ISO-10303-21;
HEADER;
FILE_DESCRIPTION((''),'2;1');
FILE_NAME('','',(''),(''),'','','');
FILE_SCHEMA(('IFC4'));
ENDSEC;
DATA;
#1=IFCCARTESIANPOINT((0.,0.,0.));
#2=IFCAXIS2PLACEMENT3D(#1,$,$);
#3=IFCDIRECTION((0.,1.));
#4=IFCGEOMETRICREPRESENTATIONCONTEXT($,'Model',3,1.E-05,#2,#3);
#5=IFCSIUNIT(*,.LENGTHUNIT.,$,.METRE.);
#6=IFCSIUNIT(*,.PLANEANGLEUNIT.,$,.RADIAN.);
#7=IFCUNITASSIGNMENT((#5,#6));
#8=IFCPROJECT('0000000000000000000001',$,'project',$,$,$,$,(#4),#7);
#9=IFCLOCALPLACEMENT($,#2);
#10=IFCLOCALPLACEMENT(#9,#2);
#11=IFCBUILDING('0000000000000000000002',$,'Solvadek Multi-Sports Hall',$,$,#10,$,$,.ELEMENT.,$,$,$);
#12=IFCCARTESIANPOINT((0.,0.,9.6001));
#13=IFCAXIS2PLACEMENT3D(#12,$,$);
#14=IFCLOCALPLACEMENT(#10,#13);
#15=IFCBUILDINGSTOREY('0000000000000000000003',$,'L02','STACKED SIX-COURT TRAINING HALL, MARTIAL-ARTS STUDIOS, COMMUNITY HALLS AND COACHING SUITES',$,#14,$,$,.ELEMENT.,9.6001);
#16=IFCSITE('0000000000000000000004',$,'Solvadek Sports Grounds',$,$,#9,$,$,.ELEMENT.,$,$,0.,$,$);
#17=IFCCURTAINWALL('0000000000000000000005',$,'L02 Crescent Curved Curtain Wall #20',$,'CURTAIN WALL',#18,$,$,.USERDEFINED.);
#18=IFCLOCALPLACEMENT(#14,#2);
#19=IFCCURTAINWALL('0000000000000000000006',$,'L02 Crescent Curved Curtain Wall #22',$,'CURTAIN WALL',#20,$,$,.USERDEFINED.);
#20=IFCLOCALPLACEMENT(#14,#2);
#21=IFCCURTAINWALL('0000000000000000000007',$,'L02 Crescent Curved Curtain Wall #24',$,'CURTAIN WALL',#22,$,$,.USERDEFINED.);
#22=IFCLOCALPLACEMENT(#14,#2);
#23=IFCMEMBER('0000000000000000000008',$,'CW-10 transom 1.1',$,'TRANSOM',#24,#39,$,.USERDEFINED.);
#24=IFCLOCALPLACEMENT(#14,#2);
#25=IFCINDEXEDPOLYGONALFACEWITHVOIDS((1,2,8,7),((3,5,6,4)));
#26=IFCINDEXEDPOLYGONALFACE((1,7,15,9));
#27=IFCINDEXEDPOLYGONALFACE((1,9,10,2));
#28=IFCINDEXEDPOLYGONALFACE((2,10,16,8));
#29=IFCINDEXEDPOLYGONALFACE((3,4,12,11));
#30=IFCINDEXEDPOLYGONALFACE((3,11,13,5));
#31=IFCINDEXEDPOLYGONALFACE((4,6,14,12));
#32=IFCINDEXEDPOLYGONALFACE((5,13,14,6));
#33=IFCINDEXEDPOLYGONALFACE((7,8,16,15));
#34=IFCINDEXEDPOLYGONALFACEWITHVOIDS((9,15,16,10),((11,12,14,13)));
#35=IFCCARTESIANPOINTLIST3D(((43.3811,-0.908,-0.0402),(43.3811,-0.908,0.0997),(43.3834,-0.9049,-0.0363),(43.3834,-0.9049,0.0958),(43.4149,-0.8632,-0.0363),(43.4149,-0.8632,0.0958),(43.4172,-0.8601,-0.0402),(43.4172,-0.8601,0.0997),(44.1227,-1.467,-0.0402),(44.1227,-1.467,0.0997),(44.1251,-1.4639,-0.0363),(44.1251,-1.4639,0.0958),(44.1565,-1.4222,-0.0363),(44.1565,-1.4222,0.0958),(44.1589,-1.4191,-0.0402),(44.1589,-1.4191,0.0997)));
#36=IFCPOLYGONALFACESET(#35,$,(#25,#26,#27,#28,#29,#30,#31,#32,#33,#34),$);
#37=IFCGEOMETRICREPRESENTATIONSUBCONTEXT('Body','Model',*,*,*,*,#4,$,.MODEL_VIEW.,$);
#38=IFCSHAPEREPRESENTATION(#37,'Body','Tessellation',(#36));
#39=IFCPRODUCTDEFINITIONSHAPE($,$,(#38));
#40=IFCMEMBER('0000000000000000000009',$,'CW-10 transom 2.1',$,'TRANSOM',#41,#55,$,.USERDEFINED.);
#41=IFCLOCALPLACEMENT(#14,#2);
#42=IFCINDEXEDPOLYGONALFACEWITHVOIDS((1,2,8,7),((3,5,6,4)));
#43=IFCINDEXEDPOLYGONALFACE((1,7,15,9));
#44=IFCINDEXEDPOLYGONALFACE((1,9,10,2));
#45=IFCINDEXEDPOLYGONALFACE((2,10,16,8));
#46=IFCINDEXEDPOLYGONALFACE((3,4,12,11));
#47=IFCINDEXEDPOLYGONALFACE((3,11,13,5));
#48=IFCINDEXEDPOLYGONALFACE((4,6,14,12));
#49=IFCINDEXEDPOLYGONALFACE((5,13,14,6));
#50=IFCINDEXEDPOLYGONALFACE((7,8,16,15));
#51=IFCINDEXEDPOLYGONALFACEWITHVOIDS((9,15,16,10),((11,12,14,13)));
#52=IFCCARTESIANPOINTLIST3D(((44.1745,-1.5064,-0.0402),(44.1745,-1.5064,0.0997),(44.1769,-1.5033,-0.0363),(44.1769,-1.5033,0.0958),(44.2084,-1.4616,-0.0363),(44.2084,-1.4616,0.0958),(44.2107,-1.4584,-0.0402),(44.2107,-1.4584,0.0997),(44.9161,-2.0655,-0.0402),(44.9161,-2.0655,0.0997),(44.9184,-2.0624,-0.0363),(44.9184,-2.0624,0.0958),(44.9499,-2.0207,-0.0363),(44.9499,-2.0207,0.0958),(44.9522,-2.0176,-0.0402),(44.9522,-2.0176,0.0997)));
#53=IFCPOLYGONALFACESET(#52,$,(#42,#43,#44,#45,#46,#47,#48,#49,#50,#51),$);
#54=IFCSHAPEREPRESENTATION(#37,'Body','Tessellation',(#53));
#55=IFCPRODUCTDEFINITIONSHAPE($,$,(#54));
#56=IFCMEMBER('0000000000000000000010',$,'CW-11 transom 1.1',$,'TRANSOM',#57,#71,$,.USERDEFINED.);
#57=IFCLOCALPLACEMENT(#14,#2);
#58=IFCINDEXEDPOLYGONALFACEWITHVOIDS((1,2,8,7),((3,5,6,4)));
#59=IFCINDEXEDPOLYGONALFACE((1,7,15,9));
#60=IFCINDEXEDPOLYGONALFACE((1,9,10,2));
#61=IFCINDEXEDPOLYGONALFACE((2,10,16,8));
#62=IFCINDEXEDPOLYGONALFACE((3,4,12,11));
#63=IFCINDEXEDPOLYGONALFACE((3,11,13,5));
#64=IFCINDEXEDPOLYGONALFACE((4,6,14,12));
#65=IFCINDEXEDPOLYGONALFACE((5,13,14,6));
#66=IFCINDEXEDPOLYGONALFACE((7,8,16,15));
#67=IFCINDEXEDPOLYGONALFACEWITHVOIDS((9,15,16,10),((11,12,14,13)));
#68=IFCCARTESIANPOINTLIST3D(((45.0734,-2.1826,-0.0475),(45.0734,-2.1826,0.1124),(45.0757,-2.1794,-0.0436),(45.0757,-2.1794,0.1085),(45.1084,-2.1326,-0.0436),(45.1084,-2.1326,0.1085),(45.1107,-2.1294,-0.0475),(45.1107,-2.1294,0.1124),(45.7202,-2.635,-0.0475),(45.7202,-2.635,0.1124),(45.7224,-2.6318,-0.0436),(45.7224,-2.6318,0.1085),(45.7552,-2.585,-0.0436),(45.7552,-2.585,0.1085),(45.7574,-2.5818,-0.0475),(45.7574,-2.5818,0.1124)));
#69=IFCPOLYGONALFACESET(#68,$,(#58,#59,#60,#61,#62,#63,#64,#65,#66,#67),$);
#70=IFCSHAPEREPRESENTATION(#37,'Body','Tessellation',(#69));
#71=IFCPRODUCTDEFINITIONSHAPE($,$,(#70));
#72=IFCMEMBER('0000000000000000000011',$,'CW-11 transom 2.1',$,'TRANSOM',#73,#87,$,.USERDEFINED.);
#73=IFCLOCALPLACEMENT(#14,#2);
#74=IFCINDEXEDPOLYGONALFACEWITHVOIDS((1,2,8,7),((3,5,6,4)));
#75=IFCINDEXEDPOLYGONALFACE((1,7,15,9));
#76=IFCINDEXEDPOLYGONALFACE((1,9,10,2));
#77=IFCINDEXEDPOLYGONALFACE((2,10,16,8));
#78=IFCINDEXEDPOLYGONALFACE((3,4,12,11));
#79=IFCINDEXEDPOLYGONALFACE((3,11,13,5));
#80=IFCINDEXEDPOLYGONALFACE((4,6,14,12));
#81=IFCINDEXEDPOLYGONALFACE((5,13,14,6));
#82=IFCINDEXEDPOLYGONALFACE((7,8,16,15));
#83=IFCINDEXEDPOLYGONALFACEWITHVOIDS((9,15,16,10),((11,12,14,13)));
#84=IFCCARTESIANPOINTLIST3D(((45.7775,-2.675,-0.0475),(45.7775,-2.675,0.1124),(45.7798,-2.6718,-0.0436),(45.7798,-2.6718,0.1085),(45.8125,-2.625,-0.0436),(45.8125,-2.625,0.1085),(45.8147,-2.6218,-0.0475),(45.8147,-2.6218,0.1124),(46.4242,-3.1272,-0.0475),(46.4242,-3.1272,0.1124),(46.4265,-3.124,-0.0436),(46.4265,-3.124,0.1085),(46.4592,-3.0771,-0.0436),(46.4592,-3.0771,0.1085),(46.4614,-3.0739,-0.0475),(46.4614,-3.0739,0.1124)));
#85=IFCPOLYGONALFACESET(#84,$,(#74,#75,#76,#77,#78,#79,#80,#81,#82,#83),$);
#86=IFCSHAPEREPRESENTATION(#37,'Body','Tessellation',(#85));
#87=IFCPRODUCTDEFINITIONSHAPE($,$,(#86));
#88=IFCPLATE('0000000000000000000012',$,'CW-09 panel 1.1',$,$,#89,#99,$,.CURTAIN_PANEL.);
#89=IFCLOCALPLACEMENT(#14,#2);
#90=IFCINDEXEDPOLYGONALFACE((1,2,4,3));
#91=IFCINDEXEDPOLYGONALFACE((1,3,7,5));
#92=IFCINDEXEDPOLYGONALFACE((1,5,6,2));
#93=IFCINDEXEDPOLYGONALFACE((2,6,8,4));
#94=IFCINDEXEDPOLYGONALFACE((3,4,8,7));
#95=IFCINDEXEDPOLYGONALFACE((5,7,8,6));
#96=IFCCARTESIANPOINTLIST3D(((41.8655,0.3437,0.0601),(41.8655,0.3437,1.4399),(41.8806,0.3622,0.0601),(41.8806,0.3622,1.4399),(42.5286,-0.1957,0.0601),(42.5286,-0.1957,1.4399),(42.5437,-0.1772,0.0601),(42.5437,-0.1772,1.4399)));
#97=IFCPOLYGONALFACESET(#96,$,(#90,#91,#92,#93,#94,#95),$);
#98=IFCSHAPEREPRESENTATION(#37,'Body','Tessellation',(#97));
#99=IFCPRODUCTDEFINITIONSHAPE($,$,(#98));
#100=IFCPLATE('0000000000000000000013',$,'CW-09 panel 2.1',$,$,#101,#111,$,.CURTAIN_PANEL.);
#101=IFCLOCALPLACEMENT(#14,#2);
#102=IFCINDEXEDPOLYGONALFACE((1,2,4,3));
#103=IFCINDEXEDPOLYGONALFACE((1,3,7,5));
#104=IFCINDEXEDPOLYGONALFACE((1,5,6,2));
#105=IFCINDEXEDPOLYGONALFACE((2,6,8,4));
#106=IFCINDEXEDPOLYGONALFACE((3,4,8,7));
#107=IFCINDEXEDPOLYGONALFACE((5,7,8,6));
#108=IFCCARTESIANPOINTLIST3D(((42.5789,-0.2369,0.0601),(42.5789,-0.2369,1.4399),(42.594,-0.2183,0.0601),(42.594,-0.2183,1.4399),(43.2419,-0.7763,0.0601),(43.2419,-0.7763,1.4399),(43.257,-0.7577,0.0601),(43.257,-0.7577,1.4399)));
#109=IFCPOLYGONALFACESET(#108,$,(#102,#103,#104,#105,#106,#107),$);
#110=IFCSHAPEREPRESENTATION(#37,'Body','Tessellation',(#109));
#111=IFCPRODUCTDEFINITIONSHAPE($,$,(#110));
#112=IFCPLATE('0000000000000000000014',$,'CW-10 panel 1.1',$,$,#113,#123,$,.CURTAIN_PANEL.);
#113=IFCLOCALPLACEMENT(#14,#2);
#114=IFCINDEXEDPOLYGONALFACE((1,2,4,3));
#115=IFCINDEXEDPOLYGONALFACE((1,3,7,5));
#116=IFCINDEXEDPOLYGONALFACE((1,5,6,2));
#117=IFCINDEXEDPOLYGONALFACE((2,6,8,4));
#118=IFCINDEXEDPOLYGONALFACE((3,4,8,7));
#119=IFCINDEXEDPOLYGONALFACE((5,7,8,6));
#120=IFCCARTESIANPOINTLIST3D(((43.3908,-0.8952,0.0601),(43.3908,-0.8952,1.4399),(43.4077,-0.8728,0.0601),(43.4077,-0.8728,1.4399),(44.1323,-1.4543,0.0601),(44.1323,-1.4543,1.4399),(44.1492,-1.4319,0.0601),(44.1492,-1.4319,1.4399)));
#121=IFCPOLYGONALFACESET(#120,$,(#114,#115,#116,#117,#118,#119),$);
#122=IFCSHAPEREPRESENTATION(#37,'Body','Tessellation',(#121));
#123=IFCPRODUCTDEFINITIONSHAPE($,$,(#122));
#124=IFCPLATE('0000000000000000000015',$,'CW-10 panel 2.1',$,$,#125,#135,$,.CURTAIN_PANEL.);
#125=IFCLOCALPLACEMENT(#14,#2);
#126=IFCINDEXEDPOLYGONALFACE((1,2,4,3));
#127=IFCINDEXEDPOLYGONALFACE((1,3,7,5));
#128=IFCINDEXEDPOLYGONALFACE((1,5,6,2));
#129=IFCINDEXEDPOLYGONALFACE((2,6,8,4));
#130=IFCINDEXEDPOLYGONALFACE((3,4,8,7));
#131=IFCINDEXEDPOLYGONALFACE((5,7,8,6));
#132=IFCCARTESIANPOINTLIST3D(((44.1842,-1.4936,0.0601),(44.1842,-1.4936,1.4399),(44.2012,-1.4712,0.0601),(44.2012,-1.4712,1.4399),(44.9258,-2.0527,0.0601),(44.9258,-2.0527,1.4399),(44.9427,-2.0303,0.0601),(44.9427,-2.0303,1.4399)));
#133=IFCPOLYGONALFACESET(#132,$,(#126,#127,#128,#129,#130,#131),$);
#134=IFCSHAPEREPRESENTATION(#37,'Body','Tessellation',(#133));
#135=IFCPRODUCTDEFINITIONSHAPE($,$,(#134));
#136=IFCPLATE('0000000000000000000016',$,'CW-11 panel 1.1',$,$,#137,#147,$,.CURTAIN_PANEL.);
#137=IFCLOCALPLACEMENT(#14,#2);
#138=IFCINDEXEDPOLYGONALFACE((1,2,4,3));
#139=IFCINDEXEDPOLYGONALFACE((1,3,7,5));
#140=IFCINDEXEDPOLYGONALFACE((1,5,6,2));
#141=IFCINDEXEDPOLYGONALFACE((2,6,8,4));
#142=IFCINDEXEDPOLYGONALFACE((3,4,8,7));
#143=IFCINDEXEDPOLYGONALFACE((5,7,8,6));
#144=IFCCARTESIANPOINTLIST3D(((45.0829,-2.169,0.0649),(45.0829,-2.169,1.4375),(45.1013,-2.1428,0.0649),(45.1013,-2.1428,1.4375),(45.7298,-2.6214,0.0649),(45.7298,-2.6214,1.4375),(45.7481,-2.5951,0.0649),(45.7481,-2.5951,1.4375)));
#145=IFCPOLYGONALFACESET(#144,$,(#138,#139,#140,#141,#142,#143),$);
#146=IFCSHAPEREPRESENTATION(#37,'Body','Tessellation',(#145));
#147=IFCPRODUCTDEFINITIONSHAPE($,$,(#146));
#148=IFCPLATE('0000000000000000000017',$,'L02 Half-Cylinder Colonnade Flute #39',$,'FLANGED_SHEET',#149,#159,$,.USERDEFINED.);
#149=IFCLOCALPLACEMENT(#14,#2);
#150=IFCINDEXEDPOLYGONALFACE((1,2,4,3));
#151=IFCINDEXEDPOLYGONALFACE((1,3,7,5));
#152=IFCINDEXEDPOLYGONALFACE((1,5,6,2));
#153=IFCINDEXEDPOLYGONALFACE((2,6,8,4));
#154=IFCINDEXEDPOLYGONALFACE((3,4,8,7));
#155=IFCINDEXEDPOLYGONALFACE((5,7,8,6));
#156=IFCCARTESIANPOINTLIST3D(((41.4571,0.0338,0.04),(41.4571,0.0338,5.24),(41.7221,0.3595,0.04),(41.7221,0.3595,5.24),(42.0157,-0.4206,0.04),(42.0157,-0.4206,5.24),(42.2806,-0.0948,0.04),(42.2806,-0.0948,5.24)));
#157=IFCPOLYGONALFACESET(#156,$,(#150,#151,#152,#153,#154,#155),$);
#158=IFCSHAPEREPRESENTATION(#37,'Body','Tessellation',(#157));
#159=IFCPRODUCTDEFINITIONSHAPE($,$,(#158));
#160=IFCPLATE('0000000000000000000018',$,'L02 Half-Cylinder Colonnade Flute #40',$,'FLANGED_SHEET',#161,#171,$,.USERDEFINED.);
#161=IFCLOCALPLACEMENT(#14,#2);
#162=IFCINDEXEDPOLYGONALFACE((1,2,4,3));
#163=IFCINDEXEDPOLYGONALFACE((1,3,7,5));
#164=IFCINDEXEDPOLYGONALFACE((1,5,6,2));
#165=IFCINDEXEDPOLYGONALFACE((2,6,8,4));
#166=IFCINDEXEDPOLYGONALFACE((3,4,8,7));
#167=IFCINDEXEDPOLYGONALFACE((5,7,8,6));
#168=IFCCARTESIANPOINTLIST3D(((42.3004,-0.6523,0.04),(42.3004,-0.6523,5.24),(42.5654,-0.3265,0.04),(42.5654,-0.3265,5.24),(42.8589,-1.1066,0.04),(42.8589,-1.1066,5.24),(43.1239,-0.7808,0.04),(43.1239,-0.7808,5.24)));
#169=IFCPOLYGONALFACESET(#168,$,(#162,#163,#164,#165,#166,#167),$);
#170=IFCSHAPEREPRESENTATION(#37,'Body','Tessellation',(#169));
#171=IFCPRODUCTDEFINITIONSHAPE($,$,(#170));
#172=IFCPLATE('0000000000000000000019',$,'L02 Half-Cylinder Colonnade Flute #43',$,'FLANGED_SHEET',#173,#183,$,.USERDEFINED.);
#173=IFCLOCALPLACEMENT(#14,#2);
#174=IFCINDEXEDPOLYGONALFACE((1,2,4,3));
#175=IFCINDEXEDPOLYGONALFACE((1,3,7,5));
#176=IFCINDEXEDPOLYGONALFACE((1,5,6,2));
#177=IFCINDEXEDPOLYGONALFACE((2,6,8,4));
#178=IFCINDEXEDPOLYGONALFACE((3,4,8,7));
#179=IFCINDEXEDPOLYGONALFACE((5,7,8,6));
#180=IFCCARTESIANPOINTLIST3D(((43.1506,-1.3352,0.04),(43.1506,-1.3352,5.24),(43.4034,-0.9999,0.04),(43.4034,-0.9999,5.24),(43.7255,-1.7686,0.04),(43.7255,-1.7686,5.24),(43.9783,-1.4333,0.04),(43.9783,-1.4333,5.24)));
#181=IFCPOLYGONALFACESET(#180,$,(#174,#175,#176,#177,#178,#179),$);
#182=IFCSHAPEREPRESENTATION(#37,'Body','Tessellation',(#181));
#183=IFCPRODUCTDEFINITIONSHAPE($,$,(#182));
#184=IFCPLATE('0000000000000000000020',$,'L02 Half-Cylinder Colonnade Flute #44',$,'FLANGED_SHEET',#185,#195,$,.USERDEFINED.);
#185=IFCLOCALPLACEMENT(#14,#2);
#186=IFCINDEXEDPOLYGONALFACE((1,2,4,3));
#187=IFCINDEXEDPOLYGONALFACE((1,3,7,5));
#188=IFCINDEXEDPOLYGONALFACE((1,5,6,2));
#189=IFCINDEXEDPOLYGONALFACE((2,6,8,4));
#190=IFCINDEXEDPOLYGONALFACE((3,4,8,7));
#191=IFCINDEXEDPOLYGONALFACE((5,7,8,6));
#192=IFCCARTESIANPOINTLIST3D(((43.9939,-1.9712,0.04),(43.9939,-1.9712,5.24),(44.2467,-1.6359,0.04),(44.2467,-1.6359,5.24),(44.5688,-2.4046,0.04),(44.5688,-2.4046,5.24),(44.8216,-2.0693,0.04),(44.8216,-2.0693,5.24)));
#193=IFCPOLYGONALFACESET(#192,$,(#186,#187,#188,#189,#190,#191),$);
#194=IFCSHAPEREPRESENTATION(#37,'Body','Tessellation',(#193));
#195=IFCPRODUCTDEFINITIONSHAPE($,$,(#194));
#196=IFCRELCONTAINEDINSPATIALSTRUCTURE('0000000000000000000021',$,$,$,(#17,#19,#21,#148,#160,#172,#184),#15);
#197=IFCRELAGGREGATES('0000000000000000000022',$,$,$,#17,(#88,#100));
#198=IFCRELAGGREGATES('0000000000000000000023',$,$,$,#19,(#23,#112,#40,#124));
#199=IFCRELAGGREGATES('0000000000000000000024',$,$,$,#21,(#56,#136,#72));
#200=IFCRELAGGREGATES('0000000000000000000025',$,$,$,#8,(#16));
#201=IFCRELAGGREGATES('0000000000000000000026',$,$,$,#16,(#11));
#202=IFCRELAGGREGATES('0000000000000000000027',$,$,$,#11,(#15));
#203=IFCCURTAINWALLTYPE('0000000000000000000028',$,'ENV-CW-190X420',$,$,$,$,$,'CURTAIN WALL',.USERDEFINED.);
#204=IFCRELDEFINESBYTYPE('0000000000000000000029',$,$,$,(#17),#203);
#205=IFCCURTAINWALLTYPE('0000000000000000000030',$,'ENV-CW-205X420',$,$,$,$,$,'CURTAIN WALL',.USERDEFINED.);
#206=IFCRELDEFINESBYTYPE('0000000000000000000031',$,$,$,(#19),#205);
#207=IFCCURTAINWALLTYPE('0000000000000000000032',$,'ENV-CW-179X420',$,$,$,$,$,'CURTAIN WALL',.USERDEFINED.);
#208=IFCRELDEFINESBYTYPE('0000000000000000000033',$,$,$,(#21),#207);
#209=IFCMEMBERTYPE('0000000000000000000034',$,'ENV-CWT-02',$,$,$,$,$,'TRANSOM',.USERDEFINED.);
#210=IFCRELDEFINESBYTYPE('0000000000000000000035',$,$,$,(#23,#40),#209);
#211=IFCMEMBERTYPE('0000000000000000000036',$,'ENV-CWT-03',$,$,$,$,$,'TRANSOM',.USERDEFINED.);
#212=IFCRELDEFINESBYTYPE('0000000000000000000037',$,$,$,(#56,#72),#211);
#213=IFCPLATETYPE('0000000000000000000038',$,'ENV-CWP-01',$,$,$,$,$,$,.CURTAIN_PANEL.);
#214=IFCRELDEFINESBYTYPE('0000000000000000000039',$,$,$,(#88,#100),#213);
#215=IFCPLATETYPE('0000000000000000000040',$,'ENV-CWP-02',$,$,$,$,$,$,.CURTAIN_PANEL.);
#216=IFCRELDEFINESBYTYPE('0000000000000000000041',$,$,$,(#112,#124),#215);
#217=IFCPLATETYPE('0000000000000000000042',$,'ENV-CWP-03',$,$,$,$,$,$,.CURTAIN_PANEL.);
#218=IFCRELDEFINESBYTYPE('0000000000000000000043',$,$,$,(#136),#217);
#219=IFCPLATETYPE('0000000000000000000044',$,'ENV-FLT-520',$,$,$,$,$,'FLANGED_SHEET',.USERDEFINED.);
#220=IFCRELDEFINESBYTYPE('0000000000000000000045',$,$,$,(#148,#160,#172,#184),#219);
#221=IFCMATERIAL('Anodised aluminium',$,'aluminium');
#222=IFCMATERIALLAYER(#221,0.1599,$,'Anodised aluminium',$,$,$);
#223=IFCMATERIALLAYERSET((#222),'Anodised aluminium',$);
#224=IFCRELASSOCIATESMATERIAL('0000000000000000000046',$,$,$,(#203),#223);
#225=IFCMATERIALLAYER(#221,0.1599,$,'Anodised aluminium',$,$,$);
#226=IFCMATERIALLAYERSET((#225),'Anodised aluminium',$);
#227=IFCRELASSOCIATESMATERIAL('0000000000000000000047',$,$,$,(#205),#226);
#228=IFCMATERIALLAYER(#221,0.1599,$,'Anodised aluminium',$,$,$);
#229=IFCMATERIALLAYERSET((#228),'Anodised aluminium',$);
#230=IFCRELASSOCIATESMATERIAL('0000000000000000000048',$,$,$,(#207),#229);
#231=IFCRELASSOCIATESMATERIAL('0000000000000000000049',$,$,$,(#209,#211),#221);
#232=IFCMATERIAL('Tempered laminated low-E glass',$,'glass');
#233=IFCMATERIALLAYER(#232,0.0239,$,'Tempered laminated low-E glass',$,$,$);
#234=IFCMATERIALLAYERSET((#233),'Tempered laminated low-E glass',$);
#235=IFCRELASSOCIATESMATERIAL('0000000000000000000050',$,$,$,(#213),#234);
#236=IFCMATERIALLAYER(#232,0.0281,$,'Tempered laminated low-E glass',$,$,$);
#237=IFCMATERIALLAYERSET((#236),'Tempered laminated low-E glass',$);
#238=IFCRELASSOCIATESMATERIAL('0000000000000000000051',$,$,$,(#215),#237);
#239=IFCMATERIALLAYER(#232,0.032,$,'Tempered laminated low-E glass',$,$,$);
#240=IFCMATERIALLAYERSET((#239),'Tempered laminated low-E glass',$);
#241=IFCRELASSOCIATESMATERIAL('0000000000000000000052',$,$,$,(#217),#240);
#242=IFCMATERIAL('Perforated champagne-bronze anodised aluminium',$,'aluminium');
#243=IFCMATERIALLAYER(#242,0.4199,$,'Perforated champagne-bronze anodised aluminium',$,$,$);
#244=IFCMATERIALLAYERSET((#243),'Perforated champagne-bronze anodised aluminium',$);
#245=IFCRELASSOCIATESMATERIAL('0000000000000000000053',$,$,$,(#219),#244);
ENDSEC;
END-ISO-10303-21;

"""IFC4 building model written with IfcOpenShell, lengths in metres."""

from ifc_helpers import new_model, si_unit, direction, frame, origin, origin_2d, place, context, subcontext, project, spatial, rectangle, hollow_rectangle, extrude, material, layer, layer_set, material_profile, profile_set, type_object, element, aggregate, save


model = new_model("IFC4")

# Units and contexts
model_context = context("Model", 3, precision=1e-05, world=origin(), true_north=direction((0.0, 1.0)))
body_context = subcontext(model_context, "Body", "Model", "MODEL_VIEW")
ifc_project = project(units=[si_unit("LENGTHUNIT", "METRE"), si_unit("PLANEANGLEUNIT", "RADIAN")], contexts=[model_context])

# Site, building, storey
site_placement = place(None, origin())
site = spatial("IfcSite", under=ifc_project, at=site_placement, Name="Solvadek Sports Grounds", CompositionType="ELEMENT", RefElevation=0.0)
building_placement = place(site_placement, origin())
building = spatial("IfcBuilding", under=site, at=building_placement, Name="Solvadek Multi-Sports Hall", CompositionType="ELEMENT")
storey_placement = place(building_placement, frame((0.0, 0.0, 9.6001)))
storey = spatial("IfcBuildingStorey", under=building, at=storey_placement, Name="L02", Description="STACKED SIX-COURT TRAINING HALL, MARTIAL-ARTS STUDIOS, COMMUNITY HALLS AND COACHING SUITES", CompositionType="ELEMENT", Elevation=9.6001)

# Curtain walls
ifc_material_1 = material(Name="Anodised aluminium", Category="aluminium")
ifc_layer_1 = layer(ifc_material_1, 0.1599, Name="Anodised aluminium")
ifc_layer_set_1 = layer_set([ifc_layer_1], Name="Anodised aluminium")
curtain_wall_type_1 = type_object("IfcCurtainWallType", Name="ENV-CW-190X420", ElementType="CURTAIN WALL", PredefinedType="USERDEFINED", material=ifc_layer_set_1)
curtain_wall_1_placement = place(storey_placement, origin())
curtain_wall_1 = element("IfcCurtainWall", 1, at=curtain_wall_1_placement, inside=storey, type_object=curtain_wall_type_1, Name="L02 Crescent Curved Curtain Wall #20", ObjectType="CURTAIN WALL", PredefinedType="USERDEFINED")
ifc_layer_2 = layer(ifc_material_1, 0.1599, Name="Anodised aluminium")
ifc_layer_set_2 = layer_set([ifc_layer_2], Name="Anodised aluminium")
curtain_wall_type_2 = type_object("IfcCurtainWallType", Name="ENV-CW-205X420", ElementType="CURTAIN WALL", PredefinedType="USERDEFINED", material=ifc_layer_set_2)
curtain_wall_2_placement = place(storey_placement, origin())
curtain_wall_2 = element("IfcCurtainWall", 2, at=curtain_wall_2_placement, inside=storey, type_object=curtain_wall_type_2, Name="L02 Crescent Curved Curtain Wall #22", ObjectType="CURTAIN WALL", PredefinedType="USERDEFINED")
ifc_layer_3 = layer(ifc_material_1, 0.1599, Name="Anodised aluminium")
ifc_layer_set_3 = layer_set([ifc_layer_3], Name="Anodised aluminium")
curtain_wall_type_3 = type_object("IfcCurtainWallType", Name="ENV-CW-179X420", ElementType="CURTAIN WALL", PredefinedType="USERDEFINED", material=ifc_layer_set_3)
curtain_wall_3_placement = place(storey_placement, origin())
curtain_wall_3 = element("IfcCurtainWall", 3, at=curtain_wall_3_placement, inside=storey, type_object=curtain_wall_type_3, Name="L02 Crescent Curved Curtain Wall #24", ObjectType="CURTAIN WALL", PredefinedType="USERDEFINED")

# Members
ifc_material_profile_1 = material_profile(ifc_material_1, hollow_rectangle(XDim=0.0601, YDim=0.1399, WallThickness=0.0039, at=origin_2d()), Name="ALU-T 140x60x4")
ifc_profile_set_1 = profile_set([ifc_material_profile_1], Name="Anodised aluminium")
member_type_1 = type_object("IfcMemberType", Name="ENV-CWT-02", ElementType="TRANSOM", PredefinedType="USERDEFINED", material=ifc_profile_set_1)
member_1_placement = place(storey_placement, frame((43.3992, -0.884, 0.0298), z_axis=(0.798547, -0.601933, 0.0), x_axis=(0.601933, 0.798547, 0.0)))
member_1 = element("IfcMember", 4, at=member_1_placement, type_object=member_type_1, Name="CW-10 transom 1.1", ObjectType="TRANSOM", PredefinedType="USERDEFINED", context=body_context, shape_type="SweptSolid", body=[
    extrude(hollow_rectangle(XDim=0.0601, YDim=0.1399, WallThickness=0.0039, at=origin_2d()), origin(), (0.0, 0.0, 1.0), 0.9287),
])
member_2_placement = place(storey_placement, frame((44.1926, -1.4824, 0.0298), z_axis=(0.798451, -0.602059, 0.0), x_axis=(0.602059, 0.798451, 0.0)))
member_2 = element("IfcMember", 5, at=member_2_placement, type_object=member_type_1, Name="CW-10 transom 2.1", ObjectType="TRANSOM", PredefinedType="USERDEFINED", context=body_context, shape_type="SweptSolid", body=[
    extrude(hollow_rectangle(XDim=0.0601, YDim=0.1399, WallThickness=0.0039, at=origin_2d()), origin(), (0.0, 0.0, 1.0), 0.9287),
])
ifc_material_profile_2 = material_profile(ifc_material_1, hollow_rectangle(XDim=0.0649, YDim=0.1599, WallThickness=0.0039, at=origin_2d()), Name="ALU-T 160x65x4")
ifc_profile_set_2 = profile_set([ifc_material_profile_2], Name="Anodised aluminium")
member_type_2 = type_object("IfcMemberType", Name="ENV-CWT-03", ElementType="TRANSOM", PredefinedType="USERDEFINED", material=ifc_profile_set_2)
member_3_placement = place(storey_placement, frame((45.092, -2.156, 0.0325), z_axis=(0.819421, -0.573192, 0.0), x_axis=(0.573192, 0.819421, 0.0)))
member_3 = element("IfcMember", 6, at=member_3_placement, type_object=member_type_2, Name="CW-11 transom 1.1", ObjectType="TRANSOM", PredefinedType="USERDEFINED", context=body_context, shape_type="SweptSolid", body=[
    extrude(hollow_rectangle(XDim=0.0649, YDim=0.1599, WallThickness=0.0039, at=origin_2d()), origin(), (0.0, 0.0, 1.0), 0.7893),
])
member_4_placement = place(storey_placement, frame((45.7961, -2.6484, 0.0325), z_axis=(0.819566, -0.572985, 0.0), x_axis=(0.572985, 0.819566, 0.0)))
member_4 = element("IfcMember", 7, at=member_4_placement, type_object=member_type_2, Name="CW-11 transom 2.1", ObjectType="TRANSOM", PredefinedType="USERDEFINED", context=body_context, shape_type="SweptSolid", body=[
    extrude(hollow_rectangle(XDim=0.0649, YDim=0.1599, WallThickness=0.0039, at=origin_2d()), origin(), (0.0, 0.0, 1.0), 0.7891),
])

# Plates
ifc_material_2 = material(Name="Tempered laminated low-E glass", Category="glass")
ifc_layer_4 = layer(ifc_material_2, 0.0239, Name="Tempered laminated low-E glass")
ifc_layer_set_4 = layer_set([ifc_layer_4], Name="Tempered laminated low-E glass")
plate_type_1 = type_object("IfcPlateType", Name="ENV-CWP-01", PredefinedType="CURTAIN_PANEL", material=ifc_layer_set_4)
plate_1_placement = place(storey_placement, frame((42.2046, 0.0833, 0.0601), z_axis=(0.0, 0.0, 1.0), x_axis=(0.775725, -0.631071, 0.0)))
plate_1 = element("IfcPlate", 8, at=plate_1_placement, type_object=plate_type_1, Name="CW-09 panel 1.1", PredefinedType="CURTAIN_PANEL", context=body_context, shape_type="SweptSolid", body=[
    extrude(rectangle(XDim=0.8547, YDim=0.0239, at=origin_2d()), origin(), (0.0, 0.0, 1.0), 1.3799),
])
plate_2_placement = place(storey_placement, frame((42.918, -0.4973, 0.0601), z_axis=(0.0, 0.0, 1.0), x_axis=(0.775725, -0.631071, 0.0)))
plate_2 = element("IfcPlate", 9, at=plate_2_placement, type_object=plate_type_1, Name="CW-09 panel 2.1", PredefinedType="CURTAIN_PANEL", context=body_context, shape_type="SweptSolid", body=[
    extrude(rectangle(XDim=0.8547, YDim=0.0239, at=origin_2d()), origin(), (0.0, 0.0, 1.0), 1.3799),
])
aggregate(curtain_wall_1, [plate_1, plate_2])
ifc_layer_5 = layer(ifc_material_2, 0.0281, Name="Tempered laminated low-E glass")
ifc_layer_set_5 = layer_set([ifc_layer_5], Name="Tempered laminated low-E glass")
plate_type_2 = type_object("IfcPlateType", Name="ENV-CWP-02", PredefinedType="CURTAIN_PANEL", material=ifc_layer_set_5)
plate_3_placement = place(storey_placement, frame((43.77, -1.1636, 0.0601), z_axis=(0.0, 0.0, 1.0), x_axis=(0.798477, -0.602025, 0.0)))
plate_3 = element("IfcPlate", 10, at=plate_3_placement, type_object=plate_type_2, Name="CW-10 panel 1.1", PredefinedType="CURTAIN_PANEL", context=body_context, shape_type="SweptSolid", body=[
    extrude(rectangle(XDim=0.9287, YDim=0.0281, at=origin_2d()), origin(), (0.0, 0.0, 1.0), 1.3799),
])
plate_4_placement = place(storey_placement, frame((44.5635, -1.762, 0.0601), z_axis=(0.0, 0.0, 1.0), x_axis=(0.798477, -0.602025, 0.0)))
plate_4 = element("IfcPlate", 11, at=plate_4_placement, type_object=plate_type_2, Name="CW-10 panel 2.1", PredefinedType="CURTAIN_PANEL", context=body_context, shape_type="SweptSolid", body=[
    extrude(rectangle(XDim=0.9287, YDim=0.0281, at=origin_2d()), origin(), (0.0, 0.0, 1.0), 1.3799),
])
aggregate(curtain_wall_2, [member_1, plate_3, member_2, plate_4])
ifc_layer_6 = layer(ifc_material_2, 0.032, Name="Tempered laminated low-E glass")
ifc_layer_set_6 = layer_set([ifc_layer_6], Name="Tempered laminated low-E glass")
plate_type_3 = type_object("IfcPlateType", Name="ENV-CWP-03", PredefinedType="CURTAIN_PANEL", material=ifc_layer_set_6)
plate_5_placement = place(storey_placement, frame((45.4155, -2.3821, 0.0649), z_axis=(0.0, 0.0, 1.0), x_axis=(0.8195, -0.57308, 0.0)))
plate_5 = element("IfcPlate", 12, at=plate_5_placement, type_object=plate_type_3, Name="CW-11 panel 1.1", PredefinedType="CURTAIN_PANEL", context=body_context, shape_type="SweptSolid", body=[
    extrude(rectangle(XDim=0.7893, YDim=0.032, at=origin_2d()), origin(), (0.0, 0.0, 1.0), 1.3726),
])
aggregate(curtain_wall_3, [member_3, plate_5, member_4])

# Plates
ifc_material_3 = material(Name="Perforated champagne-bronze anodised aluminium", Category="aluminium")
ifc_layer_7 = layer(ifc_material_3, 0.4199, Name="Perforated champagne-bronze anodised aluminium")
ifc_layer_set_7 = layer_set([ifc_layer_7], Name="Perforated champagne-bronze anodised aluminium")
plate_type_4 = type_object("IfcPlateType", Name="ENV-FLT-520", ElementType="FLANGED_SHEET", PredefinedType="USERDEFINED", material=ifc_layer_set_7)
for number, where, z_axis, x_axis, name in (
    (13, (41.8689, -0.0305, 0.04), (0.0, 0.0, 1.0), (0.775755, -0.631034, 0.0), "L02 Half-Cylinder Colonnade Flute #39"),
    (14, (42.7122, -0.7166, 0.04), (0.0, 0.0, 1.0), (0.775755, -0.631034, 0.0), "L02 Half-Cylinder Colonnade Flute #40"),
    (15, (43.5645, -1.3843, 0.04), (0.0, 0.0, 1.0), (0.798475, -0.602028, 0.0), "L02 Half-Cylinder Colonnade Flute #43"),
    (16, (44.4077, -2.0203, 0.04), (0.0, 0.0, 1.0), (0.798475, -0.602028, 0.0), "L02 Half-Cylinder Colonnade Flute #44"),
):
    element("IfcPlate", number, at=place(storey_placement, frame(where, z_axis=z_axis, x_axis=x_axis)), inside=storey, type_object=plate_type_4, Name=name, ObjectType="FLANGED_SHEET", PredefinedType="USERDEFINED", context=body_context, shape_type="SweptSolid", body=[
        extrude(rectangle(XDim=0.72, YDim=0.4199, at=origin_2d()), origin(), (0.0, 0.0, 1.0), 5.2),
    ])

save(model, "model.ifc")
